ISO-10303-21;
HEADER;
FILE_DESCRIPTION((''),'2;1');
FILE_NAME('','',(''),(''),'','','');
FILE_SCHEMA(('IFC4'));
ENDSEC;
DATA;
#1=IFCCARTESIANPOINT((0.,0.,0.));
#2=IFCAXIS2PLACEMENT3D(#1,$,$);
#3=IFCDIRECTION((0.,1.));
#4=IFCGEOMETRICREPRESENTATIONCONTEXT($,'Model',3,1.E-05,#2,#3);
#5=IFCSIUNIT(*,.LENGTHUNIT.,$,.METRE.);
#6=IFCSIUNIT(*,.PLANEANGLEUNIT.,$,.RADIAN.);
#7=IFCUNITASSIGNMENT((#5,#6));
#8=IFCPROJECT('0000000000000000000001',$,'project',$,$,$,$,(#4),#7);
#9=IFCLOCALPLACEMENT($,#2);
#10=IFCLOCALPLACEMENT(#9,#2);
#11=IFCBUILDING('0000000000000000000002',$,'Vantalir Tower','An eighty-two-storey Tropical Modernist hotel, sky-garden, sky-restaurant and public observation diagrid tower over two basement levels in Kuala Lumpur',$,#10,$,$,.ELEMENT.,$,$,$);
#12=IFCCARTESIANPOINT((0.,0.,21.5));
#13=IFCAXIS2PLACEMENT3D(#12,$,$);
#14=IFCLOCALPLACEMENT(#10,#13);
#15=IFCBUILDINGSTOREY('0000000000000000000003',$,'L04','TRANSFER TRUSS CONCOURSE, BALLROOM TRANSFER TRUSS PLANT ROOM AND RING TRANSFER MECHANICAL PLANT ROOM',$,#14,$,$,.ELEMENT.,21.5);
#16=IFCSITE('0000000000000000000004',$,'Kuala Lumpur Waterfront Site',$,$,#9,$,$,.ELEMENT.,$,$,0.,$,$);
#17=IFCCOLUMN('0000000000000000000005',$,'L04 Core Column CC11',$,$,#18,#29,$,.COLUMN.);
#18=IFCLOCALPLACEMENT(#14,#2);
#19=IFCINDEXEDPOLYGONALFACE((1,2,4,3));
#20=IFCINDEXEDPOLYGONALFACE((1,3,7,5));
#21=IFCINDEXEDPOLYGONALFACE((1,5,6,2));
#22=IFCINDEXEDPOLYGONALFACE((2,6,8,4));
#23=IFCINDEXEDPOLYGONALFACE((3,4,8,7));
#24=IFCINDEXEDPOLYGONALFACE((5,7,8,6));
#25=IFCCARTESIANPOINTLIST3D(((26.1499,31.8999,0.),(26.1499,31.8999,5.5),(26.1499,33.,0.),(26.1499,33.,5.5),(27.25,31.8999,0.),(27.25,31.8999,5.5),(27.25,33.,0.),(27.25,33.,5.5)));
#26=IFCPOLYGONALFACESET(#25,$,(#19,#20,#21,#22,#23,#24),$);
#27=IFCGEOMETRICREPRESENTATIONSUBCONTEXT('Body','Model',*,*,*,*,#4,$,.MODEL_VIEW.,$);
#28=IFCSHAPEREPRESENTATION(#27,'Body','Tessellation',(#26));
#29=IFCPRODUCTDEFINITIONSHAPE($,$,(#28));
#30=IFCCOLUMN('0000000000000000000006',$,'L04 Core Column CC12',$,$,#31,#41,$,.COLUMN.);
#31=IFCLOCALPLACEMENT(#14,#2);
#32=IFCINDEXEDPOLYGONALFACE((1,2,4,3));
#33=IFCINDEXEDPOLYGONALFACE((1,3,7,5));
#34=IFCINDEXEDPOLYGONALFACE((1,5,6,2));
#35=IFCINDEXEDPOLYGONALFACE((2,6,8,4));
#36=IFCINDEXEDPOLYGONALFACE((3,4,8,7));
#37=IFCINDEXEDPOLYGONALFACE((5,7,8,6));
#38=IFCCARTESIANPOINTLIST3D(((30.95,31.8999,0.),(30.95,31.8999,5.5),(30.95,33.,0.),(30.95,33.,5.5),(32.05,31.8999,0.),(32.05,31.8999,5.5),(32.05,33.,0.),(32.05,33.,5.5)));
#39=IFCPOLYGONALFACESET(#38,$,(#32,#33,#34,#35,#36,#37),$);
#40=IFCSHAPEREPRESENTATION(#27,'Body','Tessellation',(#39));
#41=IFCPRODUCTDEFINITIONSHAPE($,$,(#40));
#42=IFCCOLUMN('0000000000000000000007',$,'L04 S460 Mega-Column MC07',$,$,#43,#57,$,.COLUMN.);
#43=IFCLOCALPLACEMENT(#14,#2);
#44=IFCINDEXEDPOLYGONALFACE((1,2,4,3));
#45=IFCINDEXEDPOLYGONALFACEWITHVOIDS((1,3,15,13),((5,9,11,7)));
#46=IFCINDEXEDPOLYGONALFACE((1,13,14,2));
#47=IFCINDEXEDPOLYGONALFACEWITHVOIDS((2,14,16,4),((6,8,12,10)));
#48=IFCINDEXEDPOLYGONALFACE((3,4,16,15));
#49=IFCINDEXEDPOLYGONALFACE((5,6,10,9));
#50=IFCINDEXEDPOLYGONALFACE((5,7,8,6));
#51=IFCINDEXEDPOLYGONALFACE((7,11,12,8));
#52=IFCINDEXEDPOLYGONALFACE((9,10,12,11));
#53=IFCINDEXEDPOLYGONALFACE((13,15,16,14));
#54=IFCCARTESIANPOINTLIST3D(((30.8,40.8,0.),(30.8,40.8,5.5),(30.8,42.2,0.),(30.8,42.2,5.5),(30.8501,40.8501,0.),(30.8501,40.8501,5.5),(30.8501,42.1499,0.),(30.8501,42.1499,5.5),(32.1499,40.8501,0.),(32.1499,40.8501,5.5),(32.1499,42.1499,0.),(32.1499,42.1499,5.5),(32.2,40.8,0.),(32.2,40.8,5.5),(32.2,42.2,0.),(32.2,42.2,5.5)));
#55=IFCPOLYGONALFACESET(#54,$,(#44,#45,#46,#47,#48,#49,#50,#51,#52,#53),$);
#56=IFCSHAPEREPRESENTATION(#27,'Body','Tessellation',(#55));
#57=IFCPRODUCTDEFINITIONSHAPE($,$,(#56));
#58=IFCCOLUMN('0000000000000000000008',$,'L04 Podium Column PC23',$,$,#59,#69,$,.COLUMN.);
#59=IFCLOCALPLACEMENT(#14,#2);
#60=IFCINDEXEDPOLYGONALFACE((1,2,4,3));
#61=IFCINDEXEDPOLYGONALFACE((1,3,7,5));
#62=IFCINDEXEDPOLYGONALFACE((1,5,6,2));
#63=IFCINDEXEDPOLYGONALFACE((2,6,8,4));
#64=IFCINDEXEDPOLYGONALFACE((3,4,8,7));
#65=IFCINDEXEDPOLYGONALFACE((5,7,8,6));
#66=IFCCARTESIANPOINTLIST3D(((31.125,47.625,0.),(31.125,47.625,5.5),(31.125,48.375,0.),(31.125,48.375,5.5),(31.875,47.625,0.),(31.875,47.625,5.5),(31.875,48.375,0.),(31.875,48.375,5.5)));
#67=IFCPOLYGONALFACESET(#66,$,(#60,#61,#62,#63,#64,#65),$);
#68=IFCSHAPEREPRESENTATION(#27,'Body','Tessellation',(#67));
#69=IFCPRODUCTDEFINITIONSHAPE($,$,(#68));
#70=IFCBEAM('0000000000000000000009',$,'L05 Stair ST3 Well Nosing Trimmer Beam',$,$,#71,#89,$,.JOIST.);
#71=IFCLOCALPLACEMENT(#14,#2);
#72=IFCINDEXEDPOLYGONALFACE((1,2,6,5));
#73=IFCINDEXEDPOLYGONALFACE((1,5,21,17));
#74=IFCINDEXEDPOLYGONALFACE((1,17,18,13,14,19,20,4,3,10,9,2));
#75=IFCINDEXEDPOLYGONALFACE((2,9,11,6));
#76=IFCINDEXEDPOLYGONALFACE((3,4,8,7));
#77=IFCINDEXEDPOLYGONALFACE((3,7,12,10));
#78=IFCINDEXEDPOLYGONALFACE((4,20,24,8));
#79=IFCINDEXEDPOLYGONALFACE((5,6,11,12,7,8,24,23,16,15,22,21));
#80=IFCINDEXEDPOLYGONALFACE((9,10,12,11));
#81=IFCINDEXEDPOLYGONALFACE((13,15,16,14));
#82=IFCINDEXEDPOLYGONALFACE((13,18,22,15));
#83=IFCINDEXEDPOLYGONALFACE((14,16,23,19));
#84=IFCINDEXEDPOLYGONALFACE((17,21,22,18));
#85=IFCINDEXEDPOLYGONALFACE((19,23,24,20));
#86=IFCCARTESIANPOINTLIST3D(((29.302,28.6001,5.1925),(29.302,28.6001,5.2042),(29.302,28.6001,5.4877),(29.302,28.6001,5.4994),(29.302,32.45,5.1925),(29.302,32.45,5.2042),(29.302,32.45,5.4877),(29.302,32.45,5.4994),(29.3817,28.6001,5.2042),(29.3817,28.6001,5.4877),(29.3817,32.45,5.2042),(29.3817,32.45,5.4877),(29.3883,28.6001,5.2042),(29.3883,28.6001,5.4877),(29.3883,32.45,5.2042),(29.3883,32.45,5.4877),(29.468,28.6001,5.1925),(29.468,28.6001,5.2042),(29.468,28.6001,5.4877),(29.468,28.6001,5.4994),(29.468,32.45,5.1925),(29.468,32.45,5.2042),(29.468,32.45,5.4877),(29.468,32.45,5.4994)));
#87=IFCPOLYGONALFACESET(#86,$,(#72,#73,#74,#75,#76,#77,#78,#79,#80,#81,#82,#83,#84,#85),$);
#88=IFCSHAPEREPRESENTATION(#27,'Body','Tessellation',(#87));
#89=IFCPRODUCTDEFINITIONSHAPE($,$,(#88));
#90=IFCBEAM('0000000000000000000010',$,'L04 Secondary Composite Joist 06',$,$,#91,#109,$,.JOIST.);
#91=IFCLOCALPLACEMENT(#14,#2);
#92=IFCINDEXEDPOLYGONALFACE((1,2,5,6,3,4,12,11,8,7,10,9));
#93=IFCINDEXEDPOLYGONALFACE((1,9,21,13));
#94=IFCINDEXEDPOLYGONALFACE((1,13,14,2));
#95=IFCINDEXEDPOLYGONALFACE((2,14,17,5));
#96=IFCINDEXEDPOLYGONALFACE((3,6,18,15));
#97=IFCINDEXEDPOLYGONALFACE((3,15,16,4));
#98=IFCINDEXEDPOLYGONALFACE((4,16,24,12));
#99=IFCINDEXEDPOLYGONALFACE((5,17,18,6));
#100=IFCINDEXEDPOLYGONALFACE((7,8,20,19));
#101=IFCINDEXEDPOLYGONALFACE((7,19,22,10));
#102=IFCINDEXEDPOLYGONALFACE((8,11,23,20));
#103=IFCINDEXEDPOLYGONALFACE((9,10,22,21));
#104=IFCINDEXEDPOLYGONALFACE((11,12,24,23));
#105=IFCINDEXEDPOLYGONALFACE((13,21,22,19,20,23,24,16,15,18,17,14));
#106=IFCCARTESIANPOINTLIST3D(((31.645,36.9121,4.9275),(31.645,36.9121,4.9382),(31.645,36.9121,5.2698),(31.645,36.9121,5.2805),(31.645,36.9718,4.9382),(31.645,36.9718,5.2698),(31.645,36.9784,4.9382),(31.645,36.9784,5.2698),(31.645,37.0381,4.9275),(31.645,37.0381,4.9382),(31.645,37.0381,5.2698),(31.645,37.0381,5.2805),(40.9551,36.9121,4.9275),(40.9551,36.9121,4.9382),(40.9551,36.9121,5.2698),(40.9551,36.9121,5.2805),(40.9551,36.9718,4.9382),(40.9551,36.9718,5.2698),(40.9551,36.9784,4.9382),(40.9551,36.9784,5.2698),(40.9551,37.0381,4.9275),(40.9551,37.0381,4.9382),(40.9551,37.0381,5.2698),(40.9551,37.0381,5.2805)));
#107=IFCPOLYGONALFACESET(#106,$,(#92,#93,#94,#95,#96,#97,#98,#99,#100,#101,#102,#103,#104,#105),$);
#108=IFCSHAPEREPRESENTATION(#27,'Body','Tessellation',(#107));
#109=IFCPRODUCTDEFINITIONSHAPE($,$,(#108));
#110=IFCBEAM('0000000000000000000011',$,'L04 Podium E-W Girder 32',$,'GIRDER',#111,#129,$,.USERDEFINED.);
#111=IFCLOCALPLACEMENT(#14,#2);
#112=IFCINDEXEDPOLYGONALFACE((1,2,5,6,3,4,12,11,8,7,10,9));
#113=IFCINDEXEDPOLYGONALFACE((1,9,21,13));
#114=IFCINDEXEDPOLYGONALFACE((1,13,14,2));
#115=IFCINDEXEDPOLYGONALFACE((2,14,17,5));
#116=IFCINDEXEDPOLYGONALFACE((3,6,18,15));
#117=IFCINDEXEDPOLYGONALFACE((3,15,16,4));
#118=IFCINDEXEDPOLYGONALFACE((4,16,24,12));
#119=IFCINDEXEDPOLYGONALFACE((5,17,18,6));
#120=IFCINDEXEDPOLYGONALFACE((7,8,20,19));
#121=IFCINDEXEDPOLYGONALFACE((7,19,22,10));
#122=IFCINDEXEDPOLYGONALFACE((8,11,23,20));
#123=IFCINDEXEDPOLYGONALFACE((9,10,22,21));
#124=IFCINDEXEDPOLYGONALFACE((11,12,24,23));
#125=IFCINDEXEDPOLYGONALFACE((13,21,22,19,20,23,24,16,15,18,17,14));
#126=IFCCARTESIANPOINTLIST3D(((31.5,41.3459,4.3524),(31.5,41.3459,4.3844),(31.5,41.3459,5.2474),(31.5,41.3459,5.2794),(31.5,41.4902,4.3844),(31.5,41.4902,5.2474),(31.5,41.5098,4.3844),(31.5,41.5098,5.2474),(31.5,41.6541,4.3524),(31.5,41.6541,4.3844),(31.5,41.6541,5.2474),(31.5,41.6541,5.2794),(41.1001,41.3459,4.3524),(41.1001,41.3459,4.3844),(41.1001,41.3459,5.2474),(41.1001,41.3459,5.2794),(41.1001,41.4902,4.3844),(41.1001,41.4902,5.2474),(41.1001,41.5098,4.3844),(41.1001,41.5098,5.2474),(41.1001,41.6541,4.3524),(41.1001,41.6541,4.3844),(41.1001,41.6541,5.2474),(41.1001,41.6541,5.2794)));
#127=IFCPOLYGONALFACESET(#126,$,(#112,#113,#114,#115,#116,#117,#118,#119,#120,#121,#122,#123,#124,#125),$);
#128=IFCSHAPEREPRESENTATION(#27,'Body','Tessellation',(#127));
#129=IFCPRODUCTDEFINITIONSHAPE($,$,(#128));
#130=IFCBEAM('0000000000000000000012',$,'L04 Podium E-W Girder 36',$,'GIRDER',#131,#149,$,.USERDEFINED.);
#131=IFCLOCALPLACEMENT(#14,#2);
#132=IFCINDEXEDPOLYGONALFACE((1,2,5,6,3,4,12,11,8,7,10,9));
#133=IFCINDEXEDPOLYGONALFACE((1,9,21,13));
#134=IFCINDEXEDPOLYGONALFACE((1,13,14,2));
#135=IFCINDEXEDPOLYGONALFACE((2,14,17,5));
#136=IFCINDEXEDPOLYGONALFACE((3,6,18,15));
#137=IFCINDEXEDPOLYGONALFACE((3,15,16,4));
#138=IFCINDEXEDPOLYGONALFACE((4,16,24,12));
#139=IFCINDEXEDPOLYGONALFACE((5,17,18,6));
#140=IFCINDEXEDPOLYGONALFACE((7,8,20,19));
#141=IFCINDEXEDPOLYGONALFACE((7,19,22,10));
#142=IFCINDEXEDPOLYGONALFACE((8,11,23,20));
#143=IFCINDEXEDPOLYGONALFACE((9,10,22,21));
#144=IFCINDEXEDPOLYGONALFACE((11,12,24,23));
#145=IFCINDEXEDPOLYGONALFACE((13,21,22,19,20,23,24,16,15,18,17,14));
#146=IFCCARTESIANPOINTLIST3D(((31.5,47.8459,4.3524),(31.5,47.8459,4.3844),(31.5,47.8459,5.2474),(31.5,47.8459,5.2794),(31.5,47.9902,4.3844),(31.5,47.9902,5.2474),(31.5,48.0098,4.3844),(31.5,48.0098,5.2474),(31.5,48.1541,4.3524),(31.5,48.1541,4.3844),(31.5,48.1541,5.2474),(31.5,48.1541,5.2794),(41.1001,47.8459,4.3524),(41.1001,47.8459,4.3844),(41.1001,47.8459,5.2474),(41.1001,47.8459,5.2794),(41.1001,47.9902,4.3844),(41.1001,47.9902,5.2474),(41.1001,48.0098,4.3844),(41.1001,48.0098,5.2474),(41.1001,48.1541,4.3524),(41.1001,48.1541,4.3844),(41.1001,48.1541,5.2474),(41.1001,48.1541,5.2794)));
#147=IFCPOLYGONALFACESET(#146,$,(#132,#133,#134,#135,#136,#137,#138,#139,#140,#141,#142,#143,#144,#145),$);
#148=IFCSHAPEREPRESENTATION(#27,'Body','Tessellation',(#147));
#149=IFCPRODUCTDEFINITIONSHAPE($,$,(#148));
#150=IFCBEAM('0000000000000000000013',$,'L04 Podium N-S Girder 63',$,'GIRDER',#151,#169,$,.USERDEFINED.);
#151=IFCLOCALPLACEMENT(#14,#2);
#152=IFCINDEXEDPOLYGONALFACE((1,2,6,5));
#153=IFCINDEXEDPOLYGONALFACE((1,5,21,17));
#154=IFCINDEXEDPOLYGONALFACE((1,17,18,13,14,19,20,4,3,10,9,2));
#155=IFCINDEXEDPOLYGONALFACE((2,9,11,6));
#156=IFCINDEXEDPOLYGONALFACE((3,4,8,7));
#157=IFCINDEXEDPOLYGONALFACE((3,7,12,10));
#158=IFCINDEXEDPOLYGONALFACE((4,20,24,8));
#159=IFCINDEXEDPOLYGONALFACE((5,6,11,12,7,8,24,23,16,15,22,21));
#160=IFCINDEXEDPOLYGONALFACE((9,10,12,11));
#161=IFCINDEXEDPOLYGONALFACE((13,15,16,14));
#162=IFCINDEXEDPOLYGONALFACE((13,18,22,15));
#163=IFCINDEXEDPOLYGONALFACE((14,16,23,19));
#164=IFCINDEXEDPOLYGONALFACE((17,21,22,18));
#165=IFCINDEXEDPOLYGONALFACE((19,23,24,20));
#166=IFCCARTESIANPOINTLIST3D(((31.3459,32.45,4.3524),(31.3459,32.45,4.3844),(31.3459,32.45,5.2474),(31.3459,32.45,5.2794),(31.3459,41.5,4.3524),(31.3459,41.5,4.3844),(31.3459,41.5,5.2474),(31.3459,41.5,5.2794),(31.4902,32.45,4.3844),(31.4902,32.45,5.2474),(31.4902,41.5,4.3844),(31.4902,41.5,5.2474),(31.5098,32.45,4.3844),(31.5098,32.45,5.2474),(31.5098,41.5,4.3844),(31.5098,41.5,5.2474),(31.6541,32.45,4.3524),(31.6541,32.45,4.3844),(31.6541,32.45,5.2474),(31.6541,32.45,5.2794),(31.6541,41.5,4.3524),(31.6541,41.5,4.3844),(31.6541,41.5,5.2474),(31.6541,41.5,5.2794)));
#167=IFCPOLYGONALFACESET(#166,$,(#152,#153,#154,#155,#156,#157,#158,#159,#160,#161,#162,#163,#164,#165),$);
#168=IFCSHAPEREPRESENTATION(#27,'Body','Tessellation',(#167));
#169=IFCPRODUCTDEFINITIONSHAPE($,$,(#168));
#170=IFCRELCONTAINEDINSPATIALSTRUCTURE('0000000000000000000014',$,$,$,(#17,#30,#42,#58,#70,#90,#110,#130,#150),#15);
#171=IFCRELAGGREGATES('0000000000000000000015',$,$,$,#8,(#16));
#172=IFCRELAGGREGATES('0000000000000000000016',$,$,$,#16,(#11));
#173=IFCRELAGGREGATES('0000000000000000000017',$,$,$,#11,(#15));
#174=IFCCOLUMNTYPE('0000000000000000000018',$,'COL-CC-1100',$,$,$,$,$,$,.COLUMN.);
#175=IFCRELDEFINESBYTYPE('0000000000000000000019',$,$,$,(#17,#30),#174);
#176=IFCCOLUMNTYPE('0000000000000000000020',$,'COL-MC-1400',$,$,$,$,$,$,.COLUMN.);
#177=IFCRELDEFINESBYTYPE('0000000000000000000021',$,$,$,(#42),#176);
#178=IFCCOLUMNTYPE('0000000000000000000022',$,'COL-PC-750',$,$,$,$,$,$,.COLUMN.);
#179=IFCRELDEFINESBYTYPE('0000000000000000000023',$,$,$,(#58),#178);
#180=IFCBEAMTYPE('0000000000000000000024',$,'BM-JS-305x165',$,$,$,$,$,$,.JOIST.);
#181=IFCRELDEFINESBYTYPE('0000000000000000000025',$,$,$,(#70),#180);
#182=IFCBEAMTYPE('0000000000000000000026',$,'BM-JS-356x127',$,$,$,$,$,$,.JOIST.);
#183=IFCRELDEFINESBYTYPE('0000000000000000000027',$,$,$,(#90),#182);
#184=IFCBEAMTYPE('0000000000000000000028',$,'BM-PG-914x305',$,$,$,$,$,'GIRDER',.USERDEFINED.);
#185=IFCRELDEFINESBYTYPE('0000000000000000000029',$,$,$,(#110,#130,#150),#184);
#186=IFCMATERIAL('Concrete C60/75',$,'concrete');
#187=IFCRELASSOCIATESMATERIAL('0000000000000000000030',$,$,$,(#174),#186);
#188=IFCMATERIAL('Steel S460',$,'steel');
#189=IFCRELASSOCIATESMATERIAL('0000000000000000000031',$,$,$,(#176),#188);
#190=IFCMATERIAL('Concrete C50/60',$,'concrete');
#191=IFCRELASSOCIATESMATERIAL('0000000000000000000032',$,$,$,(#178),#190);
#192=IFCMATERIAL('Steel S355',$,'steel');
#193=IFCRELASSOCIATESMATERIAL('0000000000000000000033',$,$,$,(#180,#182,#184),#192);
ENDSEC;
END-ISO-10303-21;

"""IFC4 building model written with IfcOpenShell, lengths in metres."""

from ifc_helpers import new_model, si_unit, direction, frame, origin, origin_2d, place, context, subcontext, project, spatial, rectangle, hollow_rectangle, i_section, extrude, material, material_profile, profile_set, type_object, element, save


model = new_model("IFC4")

# Units and contexts
model_context = context("Model", 3, precision=1e-05, world=origin(), true_north=direction((0.0, 1.0)))
body_context = subcontext(model_context, "Body", "Model", "MODEL_VIEW")
ifc_project = project(units=[si_unit("LENGTHUNIT", "METRE"), si_unit("PLANEANGLEUNIT", "RADIAN")], contexts=[model_context])

# Site, building, storey
site_placement = place(None, origin())
site = spatial("IfcSite", under=ifc_project, at=site_placement, Name="Kuala Lumpur Waterfront Site", CompositionType="ELEMENT", RefElevation=0.0)
building_placement = place(site_placement, origin())
building = spatial("IfcBuilding", under=site, at=building_placement, Name="Vantalir Tower", Description="An eighty-two-storey Tropical Modernist hotel, sky-garden, sky-restaurant and public observation diagrid tower over two basement levels in Kuala Lumpur", CompositionType="ELEMENT")
storey_placement = place(building_placement, frame((0.0, 0.0, 21.5)))
storey = spatial("IfcBuildingStorey", under=building, at=storey_placement, Name="L04", Description="TRANSFER TRUSS CONCOURSE, BALLROOM TRANSFER TRUSS PLANT ROOM AND RING TRANSFER MECHANICAL PLANT ROOM", CompositionType="ELEMENT", Elevation=21.5)

# Columns
ifc_material_1 = material(Name="Concrete C60/75", Category="concrete")
ifc_material_profile_1 = material_profile(ifc_material_1, rectangle(XDim=1.1001, YDim=1.1001, at=origin_2d()), Name="Concrete C60/75")
ifc_profile_set_1 = profile_set([ifc_material_profile_1], Name="Concrete C60/75")
column_type_1 = type_object("IfcColumnType", Name="COL-CC-1100", PredefinedType="COLUMN", material=ifc_profile_set_1)
for number, where, z_axis, x_axis, name in (
    (1, (26.7, 32.45, 0.0), (0.0, 0.0, 1.0), (1.0, 0.0, 0.0), "L04 Core Column CC11"),
    (2, (31.5, 32.45, 0.0), (0.0, 0.0, 1.0), (1.0, 0.0, 0.0), "L04 Core Column CC12"),
):
    element("IfcColumn", number, at=place(storey_placement, frame(where, z_axis=z_axis, x_axis=x_axis)), inside=storey, type_object=column_type_1, Name=name, PredefinedType="COLUMN", context=body_context, shape_type="SweptSolid", body=[
        extrude(rectangle(XDim=1.1001, YDim=1.1001, at=origin_2d()), origin(), (0.0, 0.0, 1.0), 5.5),
    ])
ifc_material_2 = material(Name="Steel S460", Category="steel")
ifc_material_profile_2 = material_profile(ifc_material_2, hollow_rectangle(XDim=1.3999, YDim=1.3999, WallThickness=0.05, at=origin_2d()), Name="Steel S460")
ifc_profile_set_2 = profile_set([ifc_material_profile_2], Name="Steel S460")
column_type_2 = type_object("IfcColumnType", Name="COL-MC-1400", PredefinedType="COLUMN", material=ifc_profile_set_2)
column_1_placement = place(storey_placement, frame((31.5, 41.5, 0.0), z_axis=(0.0, 0.0, 1.0), x_axis=(1.0, 0.0, 0.0)))
element("IfcColumn", 3, at=column_1_placement, inside=storey, type_object=column_type_2, Name="L04 S460 Mega-Column MC07", PredefinedType="COLUMN", context=body_context, shape_type="SweptSolid", body=[
    extrude(hollow_rectangle(XDim=1.3999, YDim=1.3999, WallThickness=0.05, at=origin_2d()), origin(), (0.0, 0.0, 1.0), 5.5),
])
ifc_material_3 = material(Name="Concrete C50/60", Category="concrete")
ifc_material_profile_3 = material_profile(ifc_material_3, rectangle(XDim=0.75, YDim=0.75, at=origin_2d()), Name="Concrete C50/60")
ifc_profile_set_3 = profile_set([ifc_material_profile_3], Name="Concrete C50/60")
column_type_3 = type_object("IfcColumnType", Name="COL-PC-750", PredefinedType="COLUMN", material=ifc_profile_set_3)
column_2_placement = place(storey_placement, frame((31.5, 48.0, 0.0), z_axis=(0.0, 0.0, 1.0), x_axis=(1.0, 0.0, 0.0)))
element("IfcColumn", 4, at=column_2_placement, inside=storey, type_object=column_type_3, Name="L04 Podium Column PC23", PredefinedType="COLUMN", context=body_context, shape_type="SweptSolid", body=[
    extrude(rectangle(XDim=0.75, YDim=0.75, at=origin_2d()), origin(), (0.0, 0.0, 1.0), 5.5),
])

# Beams
ifc_material_4 = material(Name="Steel S355", Category="steel")
ifc_material_profile_4 = material_profile(ifc_material_4, i_section(OverallWidth=0.166, OverallDepth=0.3069, WebThickness=0.0066, FlangeThickness=0.0117, at=origin_2d()), Name="Steel S355")
ifc_profile_set_4 = profile_set([ifc_material_profile_4], Name="Steel S355")
beam_type_1 = type_object("IfcBeamType", Name="BM-JS-305x165", PredefinedType="JOIST", material=ifc_profile_set_4)
beam_1_placement = place(storey_placement, frame((29.385, 28.6001, 5.3459), z_axis=(0.0, 1.0, 0.0), x_axis=(-1.0, 0.0, 0.0)))
element("IfcBeam", 5, at=beam_1_placement, inside=storey, type_object=beam_type_1, Name="L05 Stair ST3 Well Nosing Trimmer Beam", PredefinedType="JOIST", context=body_context, shape_type="SweptSolid", body=[
    extrude(i_section(OverallWidth=0.166, OverallDepth=0.3069, WebThickness=0.0066, FlangeThickness=0.0117, at=origin_2d()), origin(), (0.0, 0.0, 1.0), 3.8499),
])
ifc_material_profile_5 = material_profile(ifc_material_4, i_section(OverallWidth=0.126, OverallDepth=0.353, WebThickness=0.0066, FlangeThickness=0.0107, at=origin_2d()), Name="Steel S355")
ifc_profile_set_5 = profile_set([ifc_material_profile_5], Name="Steel S355")
beam_type_2 = type_object("IfcBeamType", Name="BM-JS-356x127", PredefinedType="JOIST", material=ifc_profile_set_5)
beam_2_placement = place(storey_placement, frame((31.645, 36.9751, 5.104), z_axis=(1.0, 0.0, 0.0), x_axis=(0.0, 1.0, 0.0)))
element("IfcBeam", 6, at=beam_2_placement, inside=storey, type_object=beam_type_2, Name="L04 Secondary Composite Joist 06", PredefinedType="JOIST", context=body_context, shape_type="SweptSolid", body=[
    extrude(i_section(OverallWidth=0.126, OverallDepth=0.353, WebThickness=0.0066, FlangeThickness=0.0107, at=origin_2d()), origin(), (0.0, 0.0, 1.0), 9.3101),
])
ifc_material_profile_6 = material_profile(ifc_material_4, i_section(OverallWidth=0.3081, OverallDepth=0.927, WebThickness=0.0195, FlangeThickness=0.032, at=origin_2d()), Name="Steel S355")
ifc_profile_set_6 = profile_set([ifc_material_profile_6], Name="Steel S355")
beam_type_3 = type_object("IfcBeamType", Name="BM-PG-914x305", ElementType="GIRDER", PredefinedType="USERDEFINED", material=ifc_profile_set_6)
for number, where, z_axis, x_axis, name in (
    (7, (31.5, 41.5, 4.8159), (1.0, 0.0, 0.0), (0.0, 1.0, 0.0), "L04 Podium E-W Girder 32"),
    (8, (31.5, 48.0, 4.8159), (1.0, 0.0, 0.0), (0.0, 1.0, 0.0), "L04 Podium E-W Girder 36"),
):
    element("IfcBeam", number, at=place(storey_placement, frame(where, z_axis=z_axis, x_axis=x_axis)), inside=storey, type_object=beam_type_3, Name=name, ObjectType="GIRDER", PredefinedType="USERDEFINED", context=body_context, shape_type="SweptSolid", body=[
        extrude(i_section(OverallWidth=0.3081, OverallDepth=0.927, WebThickness=0.0195, FlangeThickness=0.032, at=origin_2d()), origin(), (0.0, 0.0, 1.0), 9.6001),
    ])
beam_3_placement = place(storey_placement, frame((31.5, 32.45, 4.8159), z_axis=(0.0, 1.0, 0.0), x_axis=(-1.0, 0.0, 0.0)))
element("IfcBeam", 9, at=beam_3_placement, inside=storey, type_object=beam_type_3, Name="L04 Podium N-S Girder 63", ObjectType="GIRDER", PredefinedType="USERDEFINED", context=body_context, shape_type="SweptSolid", body=[
    extrude(i_section(OverallWidth=0.3081, OverallDepth=0.927, WebThickness=0.0195, FlangeThickness=0.032, at=origin_2d()), origin(), (0.0, 0.0, 1.0), 9.05),
])

save(model, "model.ifc")
